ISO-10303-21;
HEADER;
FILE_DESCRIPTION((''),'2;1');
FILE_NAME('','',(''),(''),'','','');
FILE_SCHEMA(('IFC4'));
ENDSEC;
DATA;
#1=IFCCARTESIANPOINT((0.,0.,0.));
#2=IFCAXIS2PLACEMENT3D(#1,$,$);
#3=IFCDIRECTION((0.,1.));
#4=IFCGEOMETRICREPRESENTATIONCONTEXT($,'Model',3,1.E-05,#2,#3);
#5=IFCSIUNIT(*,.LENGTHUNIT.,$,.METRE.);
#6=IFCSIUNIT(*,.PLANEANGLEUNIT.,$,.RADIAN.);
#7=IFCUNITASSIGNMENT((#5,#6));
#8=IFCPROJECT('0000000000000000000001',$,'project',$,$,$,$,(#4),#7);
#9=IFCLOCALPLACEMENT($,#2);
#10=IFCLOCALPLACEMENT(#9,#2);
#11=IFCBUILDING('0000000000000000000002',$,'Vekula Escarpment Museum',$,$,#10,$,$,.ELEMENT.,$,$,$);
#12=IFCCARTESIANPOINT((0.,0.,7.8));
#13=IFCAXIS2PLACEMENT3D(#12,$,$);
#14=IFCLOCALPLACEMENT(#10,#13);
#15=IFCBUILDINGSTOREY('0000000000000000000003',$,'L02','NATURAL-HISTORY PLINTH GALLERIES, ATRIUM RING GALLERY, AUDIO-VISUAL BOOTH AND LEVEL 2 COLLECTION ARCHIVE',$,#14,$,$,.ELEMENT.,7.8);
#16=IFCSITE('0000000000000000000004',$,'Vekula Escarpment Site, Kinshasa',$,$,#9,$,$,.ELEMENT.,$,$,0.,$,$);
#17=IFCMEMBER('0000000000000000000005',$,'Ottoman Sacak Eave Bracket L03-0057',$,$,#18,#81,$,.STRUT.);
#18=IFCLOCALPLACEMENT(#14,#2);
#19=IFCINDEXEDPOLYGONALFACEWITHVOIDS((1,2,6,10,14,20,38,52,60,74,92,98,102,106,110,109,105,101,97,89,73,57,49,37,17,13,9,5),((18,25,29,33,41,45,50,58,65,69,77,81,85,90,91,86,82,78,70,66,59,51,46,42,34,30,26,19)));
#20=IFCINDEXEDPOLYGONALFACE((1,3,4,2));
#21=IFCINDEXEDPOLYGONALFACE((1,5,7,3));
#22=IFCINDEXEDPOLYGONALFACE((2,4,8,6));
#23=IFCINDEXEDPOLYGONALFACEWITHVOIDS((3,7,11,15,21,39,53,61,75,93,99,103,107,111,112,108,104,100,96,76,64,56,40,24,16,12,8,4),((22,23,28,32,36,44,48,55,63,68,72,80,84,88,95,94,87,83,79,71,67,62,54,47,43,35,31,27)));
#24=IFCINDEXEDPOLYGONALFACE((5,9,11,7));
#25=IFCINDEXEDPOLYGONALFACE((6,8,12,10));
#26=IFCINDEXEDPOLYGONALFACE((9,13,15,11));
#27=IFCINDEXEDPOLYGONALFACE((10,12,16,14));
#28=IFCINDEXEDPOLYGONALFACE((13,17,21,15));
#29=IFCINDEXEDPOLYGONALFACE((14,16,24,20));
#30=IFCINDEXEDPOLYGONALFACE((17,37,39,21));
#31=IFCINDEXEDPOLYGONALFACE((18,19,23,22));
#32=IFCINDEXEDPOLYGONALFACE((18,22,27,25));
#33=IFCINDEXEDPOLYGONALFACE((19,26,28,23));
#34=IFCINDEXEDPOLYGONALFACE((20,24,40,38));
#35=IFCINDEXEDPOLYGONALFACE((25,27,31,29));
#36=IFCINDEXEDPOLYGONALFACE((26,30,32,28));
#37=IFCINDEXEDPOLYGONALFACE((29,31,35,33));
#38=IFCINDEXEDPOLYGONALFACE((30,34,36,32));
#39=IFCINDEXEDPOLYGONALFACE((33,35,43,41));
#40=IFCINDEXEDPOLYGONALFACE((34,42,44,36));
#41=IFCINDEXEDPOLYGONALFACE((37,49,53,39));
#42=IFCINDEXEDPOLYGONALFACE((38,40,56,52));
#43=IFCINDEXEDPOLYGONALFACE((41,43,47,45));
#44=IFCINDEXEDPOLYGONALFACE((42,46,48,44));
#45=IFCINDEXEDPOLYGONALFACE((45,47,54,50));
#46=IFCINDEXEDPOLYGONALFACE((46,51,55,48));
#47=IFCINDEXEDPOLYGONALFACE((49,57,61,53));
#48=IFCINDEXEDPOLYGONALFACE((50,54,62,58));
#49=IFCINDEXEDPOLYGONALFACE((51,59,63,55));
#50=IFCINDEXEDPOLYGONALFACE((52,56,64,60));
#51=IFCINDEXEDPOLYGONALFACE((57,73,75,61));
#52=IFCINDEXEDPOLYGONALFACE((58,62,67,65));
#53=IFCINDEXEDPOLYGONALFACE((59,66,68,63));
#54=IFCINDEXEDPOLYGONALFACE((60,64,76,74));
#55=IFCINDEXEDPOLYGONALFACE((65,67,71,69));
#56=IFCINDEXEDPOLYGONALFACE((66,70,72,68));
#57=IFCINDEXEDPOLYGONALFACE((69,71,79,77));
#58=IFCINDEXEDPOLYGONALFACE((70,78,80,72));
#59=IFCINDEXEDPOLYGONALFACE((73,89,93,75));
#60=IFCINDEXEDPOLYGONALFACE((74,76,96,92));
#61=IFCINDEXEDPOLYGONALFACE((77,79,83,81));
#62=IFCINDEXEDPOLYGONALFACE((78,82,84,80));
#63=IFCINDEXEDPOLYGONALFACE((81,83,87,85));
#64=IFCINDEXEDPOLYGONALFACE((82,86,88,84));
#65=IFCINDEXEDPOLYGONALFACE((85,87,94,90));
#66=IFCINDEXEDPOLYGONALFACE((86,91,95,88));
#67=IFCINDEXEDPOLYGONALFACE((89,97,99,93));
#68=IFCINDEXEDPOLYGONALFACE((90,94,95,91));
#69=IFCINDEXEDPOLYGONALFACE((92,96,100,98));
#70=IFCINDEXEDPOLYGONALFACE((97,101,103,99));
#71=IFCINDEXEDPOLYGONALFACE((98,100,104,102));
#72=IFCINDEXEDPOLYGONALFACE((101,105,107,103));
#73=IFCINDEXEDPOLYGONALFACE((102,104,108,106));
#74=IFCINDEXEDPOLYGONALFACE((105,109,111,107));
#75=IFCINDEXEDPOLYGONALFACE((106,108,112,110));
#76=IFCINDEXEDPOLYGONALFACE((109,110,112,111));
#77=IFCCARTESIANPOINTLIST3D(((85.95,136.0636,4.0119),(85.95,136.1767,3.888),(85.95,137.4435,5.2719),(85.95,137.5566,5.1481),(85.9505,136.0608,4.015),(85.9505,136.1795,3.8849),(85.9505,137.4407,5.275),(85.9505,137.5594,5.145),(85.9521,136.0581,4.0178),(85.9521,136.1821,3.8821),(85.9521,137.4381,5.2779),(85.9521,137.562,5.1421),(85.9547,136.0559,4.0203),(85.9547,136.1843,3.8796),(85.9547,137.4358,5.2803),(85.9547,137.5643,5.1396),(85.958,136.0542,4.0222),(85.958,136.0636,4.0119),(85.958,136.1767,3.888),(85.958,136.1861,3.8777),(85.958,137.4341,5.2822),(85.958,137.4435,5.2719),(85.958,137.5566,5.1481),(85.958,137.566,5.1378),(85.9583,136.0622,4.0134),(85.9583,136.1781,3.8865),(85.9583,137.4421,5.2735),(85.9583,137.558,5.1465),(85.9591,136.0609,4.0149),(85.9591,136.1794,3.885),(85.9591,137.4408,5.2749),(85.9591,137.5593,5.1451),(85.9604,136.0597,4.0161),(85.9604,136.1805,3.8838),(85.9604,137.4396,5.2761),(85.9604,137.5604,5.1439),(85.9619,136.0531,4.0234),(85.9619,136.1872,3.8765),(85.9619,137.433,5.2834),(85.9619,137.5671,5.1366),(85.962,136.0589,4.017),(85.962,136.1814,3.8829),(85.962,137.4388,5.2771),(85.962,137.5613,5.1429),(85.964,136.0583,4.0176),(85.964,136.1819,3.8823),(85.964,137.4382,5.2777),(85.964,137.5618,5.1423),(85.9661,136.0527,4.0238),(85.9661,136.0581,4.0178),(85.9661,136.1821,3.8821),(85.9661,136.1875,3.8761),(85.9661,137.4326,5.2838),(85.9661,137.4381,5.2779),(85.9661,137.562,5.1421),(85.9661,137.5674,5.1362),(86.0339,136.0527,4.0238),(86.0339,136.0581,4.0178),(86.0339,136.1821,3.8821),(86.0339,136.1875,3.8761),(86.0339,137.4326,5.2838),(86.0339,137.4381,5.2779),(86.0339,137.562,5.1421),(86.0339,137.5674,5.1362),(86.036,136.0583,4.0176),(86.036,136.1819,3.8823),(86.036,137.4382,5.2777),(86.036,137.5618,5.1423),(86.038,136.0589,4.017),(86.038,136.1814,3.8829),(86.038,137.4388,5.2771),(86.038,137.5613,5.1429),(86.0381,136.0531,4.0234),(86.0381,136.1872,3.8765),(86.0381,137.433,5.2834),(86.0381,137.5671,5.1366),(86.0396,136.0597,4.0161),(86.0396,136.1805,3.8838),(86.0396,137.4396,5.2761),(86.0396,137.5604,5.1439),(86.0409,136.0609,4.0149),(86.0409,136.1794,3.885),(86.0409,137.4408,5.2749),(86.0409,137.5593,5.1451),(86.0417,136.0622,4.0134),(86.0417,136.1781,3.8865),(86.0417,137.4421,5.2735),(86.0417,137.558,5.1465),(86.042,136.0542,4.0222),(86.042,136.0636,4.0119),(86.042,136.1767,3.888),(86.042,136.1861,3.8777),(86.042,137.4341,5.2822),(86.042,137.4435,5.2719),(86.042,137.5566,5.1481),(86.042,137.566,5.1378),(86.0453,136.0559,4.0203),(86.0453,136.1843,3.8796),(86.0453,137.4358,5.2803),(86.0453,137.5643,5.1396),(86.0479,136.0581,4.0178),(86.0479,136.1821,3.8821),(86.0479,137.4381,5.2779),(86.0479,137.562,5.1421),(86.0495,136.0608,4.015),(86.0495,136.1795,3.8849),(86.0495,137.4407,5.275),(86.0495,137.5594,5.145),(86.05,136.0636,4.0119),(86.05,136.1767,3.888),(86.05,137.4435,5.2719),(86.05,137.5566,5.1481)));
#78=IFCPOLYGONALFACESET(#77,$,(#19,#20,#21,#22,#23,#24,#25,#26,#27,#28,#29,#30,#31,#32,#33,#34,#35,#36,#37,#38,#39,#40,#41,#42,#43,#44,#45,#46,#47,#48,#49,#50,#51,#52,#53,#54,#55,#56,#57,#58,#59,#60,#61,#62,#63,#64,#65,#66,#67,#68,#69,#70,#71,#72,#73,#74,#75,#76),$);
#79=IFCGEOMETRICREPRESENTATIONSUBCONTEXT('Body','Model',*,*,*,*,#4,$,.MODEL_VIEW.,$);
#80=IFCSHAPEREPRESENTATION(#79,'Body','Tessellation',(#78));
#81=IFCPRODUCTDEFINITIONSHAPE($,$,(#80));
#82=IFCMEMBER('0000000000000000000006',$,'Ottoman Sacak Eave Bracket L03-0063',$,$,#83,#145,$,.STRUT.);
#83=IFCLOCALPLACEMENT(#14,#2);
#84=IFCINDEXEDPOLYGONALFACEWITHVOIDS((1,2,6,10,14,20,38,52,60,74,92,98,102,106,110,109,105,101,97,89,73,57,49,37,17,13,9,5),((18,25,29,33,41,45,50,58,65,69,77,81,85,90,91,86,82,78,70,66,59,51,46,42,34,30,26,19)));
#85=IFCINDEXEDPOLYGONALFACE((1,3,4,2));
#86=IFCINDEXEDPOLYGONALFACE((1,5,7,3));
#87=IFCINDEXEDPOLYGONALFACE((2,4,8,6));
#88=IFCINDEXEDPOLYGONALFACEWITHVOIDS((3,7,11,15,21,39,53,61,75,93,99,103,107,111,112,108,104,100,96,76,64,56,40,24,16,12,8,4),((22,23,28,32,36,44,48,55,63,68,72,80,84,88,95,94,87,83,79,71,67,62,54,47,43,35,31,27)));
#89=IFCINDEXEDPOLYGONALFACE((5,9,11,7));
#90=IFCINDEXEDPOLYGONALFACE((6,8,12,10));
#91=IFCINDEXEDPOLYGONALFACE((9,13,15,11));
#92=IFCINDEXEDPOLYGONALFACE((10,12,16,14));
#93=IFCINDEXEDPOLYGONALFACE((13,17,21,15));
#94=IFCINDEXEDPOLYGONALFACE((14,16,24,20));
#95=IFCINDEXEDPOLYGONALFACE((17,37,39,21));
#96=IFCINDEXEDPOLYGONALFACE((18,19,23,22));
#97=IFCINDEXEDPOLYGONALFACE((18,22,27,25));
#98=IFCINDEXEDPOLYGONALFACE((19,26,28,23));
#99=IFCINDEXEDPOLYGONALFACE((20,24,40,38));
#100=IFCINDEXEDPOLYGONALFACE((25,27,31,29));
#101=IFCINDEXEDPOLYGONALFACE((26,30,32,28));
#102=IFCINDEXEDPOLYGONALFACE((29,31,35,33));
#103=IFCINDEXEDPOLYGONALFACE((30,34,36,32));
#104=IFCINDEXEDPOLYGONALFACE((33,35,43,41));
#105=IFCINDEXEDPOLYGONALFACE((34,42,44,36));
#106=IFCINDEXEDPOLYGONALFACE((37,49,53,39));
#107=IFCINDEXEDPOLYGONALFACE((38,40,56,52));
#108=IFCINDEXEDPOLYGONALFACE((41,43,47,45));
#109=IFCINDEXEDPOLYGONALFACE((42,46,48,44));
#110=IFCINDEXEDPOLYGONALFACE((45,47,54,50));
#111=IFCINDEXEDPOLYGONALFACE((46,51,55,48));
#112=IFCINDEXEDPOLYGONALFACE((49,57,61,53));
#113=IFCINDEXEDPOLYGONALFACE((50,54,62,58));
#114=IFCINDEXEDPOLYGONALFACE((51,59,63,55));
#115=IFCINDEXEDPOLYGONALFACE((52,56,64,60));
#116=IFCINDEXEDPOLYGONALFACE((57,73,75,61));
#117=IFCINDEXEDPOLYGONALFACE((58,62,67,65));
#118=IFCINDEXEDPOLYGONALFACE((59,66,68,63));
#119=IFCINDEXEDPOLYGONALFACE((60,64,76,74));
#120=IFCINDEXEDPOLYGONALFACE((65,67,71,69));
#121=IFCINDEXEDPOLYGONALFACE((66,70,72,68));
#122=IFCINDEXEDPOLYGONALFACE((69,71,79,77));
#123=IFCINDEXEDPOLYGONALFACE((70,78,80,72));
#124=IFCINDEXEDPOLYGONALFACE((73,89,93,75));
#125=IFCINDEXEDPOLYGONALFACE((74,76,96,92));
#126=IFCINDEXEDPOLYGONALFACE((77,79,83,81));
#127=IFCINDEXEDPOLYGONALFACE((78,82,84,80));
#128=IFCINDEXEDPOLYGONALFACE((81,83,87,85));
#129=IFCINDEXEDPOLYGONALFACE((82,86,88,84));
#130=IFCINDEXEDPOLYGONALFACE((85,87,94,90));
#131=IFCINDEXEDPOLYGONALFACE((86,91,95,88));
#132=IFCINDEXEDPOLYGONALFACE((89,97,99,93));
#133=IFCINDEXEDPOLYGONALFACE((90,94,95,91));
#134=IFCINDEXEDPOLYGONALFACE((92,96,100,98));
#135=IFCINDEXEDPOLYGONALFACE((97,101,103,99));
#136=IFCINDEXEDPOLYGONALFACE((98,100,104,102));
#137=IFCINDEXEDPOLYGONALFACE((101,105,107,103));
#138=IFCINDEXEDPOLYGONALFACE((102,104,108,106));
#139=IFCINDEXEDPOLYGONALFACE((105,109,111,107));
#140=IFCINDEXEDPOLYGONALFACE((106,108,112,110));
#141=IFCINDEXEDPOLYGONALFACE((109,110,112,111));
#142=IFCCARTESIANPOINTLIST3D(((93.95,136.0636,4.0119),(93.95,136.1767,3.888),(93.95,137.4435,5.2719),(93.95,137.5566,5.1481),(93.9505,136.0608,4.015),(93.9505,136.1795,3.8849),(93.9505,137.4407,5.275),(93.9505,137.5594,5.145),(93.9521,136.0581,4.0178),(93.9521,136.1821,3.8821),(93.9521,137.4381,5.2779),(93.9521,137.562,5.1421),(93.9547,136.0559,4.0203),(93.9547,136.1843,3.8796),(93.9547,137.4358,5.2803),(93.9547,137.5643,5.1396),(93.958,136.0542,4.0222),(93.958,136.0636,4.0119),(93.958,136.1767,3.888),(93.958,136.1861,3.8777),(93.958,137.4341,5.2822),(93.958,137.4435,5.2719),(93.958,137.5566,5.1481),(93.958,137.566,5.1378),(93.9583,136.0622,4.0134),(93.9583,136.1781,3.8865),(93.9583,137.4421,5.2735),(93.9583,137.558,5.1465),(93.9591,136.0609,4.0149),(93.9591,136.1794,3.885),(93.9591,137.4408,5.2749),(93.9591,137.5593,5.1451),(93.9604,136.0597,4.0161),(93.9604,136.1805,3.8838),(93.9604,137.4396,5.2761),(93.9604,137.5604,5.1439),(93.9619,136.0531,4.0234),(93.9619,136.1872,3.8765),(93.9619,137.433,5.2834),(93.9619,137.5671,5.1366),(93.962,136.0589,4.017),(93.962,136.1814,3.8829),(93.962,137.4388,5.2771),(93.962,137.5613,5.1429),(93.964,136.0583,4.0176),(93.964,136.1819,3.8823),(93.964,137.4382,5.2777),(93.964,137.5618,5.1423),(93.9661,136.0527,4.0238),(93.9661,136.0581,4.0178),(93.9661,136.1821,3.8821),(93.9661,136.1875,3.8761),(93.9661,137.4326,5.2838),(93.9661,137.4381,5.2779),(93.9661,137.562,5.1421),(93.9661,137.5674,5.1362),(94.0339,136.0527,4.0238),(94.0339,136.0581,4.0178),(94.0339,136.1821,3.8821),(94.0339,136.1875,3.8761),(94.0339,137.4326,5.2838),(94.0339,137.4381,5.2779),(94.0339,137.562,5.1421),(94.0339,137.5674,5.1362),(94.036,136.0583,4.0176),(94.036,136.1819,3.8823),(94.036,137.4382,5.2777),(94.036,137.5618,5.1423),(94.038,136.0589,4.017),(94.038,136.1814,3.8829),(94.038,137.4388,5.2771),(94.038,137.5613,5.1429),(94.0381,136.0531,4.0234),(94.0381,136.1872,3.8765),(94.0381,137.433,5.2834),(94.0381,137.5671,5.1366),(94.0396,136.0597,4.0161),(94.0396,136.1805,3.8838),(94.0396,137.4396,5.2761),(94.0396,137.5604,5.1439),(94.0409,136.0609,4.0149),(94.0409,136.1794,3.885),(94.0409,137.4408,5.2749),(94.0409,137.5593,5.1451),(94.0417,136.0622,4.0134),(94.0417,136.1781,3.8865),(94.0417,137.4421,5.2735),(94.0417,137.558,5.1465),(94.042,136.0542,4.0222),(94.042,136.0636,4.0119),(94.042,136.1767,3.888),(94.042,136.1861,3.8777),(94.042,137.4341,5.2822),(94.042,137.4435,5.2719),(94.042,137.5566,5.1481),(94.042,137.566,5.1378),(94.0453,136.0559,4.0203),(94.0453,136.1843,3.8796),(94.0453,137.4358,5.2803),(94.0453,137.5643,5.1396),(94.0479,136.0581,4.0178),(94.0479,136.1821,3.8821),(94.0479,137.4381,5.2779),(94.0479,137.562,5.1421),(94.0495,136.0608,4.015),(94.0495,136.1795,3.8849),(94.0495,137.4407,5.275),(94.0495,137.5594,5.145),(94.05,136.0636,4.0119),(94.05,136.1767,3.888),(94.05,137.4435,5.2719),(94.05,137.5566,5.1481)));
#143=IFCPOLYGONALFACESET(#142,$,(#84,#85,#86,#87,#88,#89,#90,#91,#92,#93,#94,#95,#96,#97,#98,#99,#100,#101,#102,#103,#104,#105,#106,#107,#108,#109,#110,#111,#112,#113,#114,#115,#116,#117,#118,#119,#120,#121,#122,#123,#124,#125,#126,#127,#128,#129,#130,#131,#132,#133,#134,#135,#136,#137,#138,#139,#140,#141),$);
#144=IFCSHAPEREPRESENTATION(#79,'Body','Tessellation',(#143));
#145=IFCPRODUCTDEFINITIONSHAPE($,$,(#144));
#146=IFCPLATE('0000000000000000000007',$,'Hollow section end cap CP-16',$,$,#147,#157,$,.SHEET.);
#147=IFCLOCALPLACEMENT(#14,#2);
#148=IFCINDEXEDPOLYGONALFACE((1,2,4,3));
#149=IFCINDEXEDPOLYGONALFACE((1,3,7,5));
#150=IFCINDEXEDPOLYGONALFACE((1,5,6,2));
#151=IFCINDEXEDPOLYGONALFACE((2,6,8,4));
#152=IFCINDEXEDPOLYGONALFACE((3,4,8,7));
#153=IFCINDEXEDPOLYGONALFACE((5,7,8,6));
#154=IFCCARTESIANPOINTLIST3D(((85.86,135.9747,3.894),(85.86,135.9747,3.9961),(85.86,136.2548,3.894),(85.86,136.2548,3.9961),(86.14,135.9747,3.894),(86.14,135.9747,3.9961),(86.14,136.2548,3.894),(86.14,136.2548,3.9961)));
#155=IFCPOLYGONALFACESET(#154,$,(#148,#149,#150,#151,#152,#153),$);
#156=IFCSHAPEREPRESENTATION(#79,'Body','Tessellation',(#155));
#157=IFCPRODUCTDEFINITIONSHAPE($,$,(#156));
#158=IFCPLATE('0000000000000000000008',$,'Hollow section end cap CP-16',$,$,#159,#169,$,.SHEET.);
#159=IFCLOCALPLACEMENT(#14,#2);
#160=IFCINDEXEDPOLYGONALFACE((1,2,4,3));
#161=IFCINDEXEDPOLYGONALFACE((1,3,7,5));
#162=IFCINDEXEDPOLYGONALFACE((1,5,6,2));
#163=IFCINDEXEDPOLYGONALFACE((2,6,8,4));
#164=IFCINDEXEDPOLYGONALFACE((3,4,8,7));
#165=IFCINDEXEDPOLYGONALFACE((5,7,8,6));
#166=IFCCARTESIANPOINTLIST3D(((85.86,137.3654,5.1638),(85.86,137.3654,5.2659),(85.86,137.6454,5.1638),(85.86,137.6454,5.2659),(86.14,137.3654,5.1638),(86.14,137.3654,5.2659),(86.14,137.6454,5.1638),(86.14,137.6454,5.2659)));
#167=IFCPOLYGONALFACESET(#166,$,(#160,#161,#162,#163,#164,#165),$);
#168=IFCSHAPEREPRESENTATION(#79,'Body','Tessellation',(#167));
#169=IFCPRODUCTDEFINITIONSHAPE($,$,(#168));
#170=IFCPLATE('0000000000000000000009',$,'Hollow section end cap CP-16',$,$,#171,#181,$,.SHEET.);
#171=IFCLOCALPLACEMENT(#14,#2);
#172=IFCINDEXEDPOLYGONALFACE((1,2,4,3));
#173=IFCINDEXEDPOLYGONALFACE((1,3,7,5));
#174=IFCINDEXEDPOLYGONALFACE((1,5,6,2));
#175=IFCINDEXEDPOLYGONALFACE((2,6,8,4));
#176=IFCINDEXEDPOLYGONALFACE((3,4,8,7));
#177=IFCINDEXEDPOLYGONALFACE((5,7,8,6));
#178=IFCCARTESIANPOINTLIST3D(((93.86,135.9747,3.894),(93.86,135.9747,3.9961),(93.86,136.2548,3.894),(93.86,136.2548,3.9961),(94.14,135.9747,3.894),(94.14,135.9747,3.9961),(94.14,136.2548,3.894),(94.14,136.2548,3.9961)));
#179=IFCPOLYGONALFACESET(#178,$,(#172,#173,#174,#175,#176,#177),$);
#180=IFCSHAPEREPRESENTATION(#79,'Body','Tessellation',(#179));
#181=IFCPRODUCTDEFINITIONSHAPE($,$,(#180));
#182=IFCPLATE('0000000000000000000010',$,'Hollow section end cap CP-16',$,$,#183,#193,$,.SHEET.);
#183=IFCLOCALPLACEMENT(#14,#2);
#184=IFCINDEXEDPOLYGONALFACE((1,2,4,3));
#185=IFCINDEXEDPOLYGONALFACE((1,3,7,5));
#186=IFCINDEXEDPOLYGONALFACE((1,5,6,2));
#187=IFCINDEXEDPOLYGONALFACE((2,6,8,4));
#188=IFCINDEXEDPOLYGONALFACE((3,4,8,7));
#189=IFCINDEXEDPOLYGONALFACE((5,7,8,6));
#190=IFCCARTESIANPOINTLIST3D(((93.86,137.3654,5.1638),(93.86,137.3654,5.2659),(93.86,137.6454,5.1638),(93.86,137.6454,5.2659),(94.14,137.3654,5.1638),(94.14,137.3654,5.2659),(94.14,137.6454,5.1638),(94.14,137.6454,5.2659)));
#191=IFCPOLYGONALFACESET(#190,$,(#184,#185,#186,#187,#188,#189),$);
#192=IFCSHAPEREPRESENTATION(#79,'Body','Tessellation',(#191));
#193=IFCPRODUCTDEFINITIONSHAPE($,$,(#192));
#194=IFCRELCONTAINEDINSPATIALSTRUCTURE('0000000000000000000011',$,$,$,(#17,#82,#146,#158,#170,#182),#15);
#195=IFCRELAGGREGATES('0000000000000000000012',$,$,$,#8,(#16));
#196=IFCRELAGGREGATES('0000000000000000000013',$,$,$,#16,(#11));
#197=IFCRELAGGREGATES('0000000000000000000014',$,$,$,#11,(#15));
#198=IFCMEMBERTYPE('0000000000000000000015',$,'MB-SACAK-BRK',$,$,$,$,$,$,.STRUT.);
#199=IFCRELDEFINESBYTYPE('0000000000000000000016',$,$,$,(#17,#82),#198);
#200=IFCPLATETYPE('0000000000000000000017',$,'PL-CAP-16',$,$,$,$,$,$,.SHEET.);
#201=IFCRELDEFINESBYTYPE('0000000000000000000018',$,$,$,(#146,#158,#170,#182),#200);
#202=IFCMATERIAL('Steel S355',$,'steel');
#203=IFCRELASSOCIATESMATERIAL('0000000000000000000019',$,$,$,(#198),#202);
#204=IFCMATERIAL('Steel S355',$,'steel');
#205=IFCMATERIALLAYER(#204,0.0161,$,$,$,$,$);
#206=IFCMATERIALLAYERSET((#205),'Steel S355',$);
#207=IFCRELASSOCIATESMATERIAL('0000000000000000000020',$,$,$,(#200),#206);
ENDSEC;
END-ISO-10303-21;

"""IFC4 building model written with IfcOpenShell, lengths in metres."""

from ifc_helpers import new_model, si_unit, direction, frame, origin, origin_2d, place, context, subcontext, project, spatial, rectangle, hollow_rectangle, extrude, material, layer, layer_set, material_profile, profile_set, type_object, element, save


model = new_model("IFC4")

# Units and contexts
model_context = context("Model", 3, precision=1e-05, world=origin(), true_north=direction((0.0, 1.0)))
body_context = subcontext(model_context, "Body", "Model", "MODEL_VIEW")
ifc_project = project(units=[si_unit("LENGTHUNIT", "METRE"), si_unit("PLANEANGLEUNIT", "RADIAN")], contexts=[model_context])

# Site, building, storey
site_placement = place(None, origin())
site = spatial("IfcSite", under=ifc_project, at=site_placement, Name="Vekula Escarpment Site, Kinshasa", CompositionType="ELEMENT", RefElevation=0.0)
building_placement = place(site_placement, origin())
building = spatial("IfcBuilding", under=site, at=building_placement, Name="Vekula Escarpment Museum", CompositionType="ELEMENT")
storey_placement = place(building_placement, frame((0.0, 0.0, 7.8)))
storey = spatial("IfcBuildingStorey", under=building, at=storey_placement, Name="L02", Description="NATURAL-HISTORY PLINTH GALLERIES, ATRIUM RING GALLERY, AUDIO-VISUAL BOOTH AND LEVEL 2 COLLECTION ARCHIVE", CompositionType="ELEMENT", Elevation=7.8)

# Members
ifc_material_1 = material(Name="Steel S355", Category="steel")
ifc_material_profile_1 = material_profile(ifc_material_1, hollow_rectangle(XDim=0.1001, YDim=0.2, WallThickness=0.0081, InnerFilletRadius=0.0081, OuterFilletRadius=0.0161, at=origin_2d()), Name="RHS 200x100x8")
ifc_profile_set_1 = profile_set([ifc_material_profile_1], Name="Steel S355")
member_type = type_object("IfcMemberType", Name="MB-SACAK-BRK", PredefinedType="STRUT", material=ifc_profile_set_1)
for number, where, z_axis, x_axis, name in (
    (1, (86.0, 136.1201, 3.95), (0.0, 0.738454, 0.674303), (-1.0, 0.0, 0.0), "Ottoman Sacak Eave Bracket L03-0057"),
    (2, (94.0, 136.1201, 3.95), (0.0, 0.738454, 0.674303), (-1.0, 0.0, 0.0), "Ottoman Sacak Eave Bracket L03-0063"),
):
    element("IfcMember", number, at=place(storey_placement, frame(where, z_axis=z_axis, x_axis=x_axis)), inside=storey, type_object=member_type, Name=name, PredefinedType="STRUT", context=body_context, shape_type="SweptSolid", body=[
        extrude(hollow_rectangle(XDim=0.1001, YDim=0.2, WallThickness=0.0081, InnerFilletRadius=0.0081, OuterFilletRadius=0.0161, at=origin_2d()), origin(), (0.0, 0.0, 1.0), 1.8687),
    ])

# Plates
ifc_material_2 = material(Name="Steel S355", Category="steel")
ifc_layer_1 = layer(ifc_material_2, 0.0161)
ifc_layer_set_1 = layer_set([ifc_layer_1], Name="Steel S355")
plate_type = type_object("IfcPlateType", Name="PL-CAP-16", PredefinedType="SHEET", material=ifc_layer_set_1)
for number, where, z_axis, x_axis, name in (
    (3, (86.0, 136.1147, 3.894), (0.0, 0.0, 1.0), (1.0, 0.0, 0.0), "Hollow section end cap CP-16"),
    (4, (86.0, 137.5054, 5.1638), (0.0, 0.0, 1.0), (1.0, 0.0, 0.0), "Hollow section end cap CP-16"),
    (5, (94.0, 136.1147, 3.894), (0.0, 0.0, 1.0), (1.0, 0.0, 0.0), "Hollow section end cap CP-16"),
    (6, (94.0, 137.5054, 5.1638), (0.0, 0.0, 1.0), (1.0, 0.0, 0.0), "Hollow section end cap CP-16"),
):
    element("IfcPlate", number, at=place(storey_placement, frame(where, z_axis=z_axis, x_axis=x_axis)), inside=storey, type_object=plate_type, Name=name, PredefinedType="SHEET", context=body_context, shape_type="SweptSolid", body=[
        extrude(rectangle(XDim=0.28, YDim=0.28, at=origin_2d()), origin(), (0.0, 0.0, 1.0), 0.1021),
    ])

save(model, "model.ifc")
